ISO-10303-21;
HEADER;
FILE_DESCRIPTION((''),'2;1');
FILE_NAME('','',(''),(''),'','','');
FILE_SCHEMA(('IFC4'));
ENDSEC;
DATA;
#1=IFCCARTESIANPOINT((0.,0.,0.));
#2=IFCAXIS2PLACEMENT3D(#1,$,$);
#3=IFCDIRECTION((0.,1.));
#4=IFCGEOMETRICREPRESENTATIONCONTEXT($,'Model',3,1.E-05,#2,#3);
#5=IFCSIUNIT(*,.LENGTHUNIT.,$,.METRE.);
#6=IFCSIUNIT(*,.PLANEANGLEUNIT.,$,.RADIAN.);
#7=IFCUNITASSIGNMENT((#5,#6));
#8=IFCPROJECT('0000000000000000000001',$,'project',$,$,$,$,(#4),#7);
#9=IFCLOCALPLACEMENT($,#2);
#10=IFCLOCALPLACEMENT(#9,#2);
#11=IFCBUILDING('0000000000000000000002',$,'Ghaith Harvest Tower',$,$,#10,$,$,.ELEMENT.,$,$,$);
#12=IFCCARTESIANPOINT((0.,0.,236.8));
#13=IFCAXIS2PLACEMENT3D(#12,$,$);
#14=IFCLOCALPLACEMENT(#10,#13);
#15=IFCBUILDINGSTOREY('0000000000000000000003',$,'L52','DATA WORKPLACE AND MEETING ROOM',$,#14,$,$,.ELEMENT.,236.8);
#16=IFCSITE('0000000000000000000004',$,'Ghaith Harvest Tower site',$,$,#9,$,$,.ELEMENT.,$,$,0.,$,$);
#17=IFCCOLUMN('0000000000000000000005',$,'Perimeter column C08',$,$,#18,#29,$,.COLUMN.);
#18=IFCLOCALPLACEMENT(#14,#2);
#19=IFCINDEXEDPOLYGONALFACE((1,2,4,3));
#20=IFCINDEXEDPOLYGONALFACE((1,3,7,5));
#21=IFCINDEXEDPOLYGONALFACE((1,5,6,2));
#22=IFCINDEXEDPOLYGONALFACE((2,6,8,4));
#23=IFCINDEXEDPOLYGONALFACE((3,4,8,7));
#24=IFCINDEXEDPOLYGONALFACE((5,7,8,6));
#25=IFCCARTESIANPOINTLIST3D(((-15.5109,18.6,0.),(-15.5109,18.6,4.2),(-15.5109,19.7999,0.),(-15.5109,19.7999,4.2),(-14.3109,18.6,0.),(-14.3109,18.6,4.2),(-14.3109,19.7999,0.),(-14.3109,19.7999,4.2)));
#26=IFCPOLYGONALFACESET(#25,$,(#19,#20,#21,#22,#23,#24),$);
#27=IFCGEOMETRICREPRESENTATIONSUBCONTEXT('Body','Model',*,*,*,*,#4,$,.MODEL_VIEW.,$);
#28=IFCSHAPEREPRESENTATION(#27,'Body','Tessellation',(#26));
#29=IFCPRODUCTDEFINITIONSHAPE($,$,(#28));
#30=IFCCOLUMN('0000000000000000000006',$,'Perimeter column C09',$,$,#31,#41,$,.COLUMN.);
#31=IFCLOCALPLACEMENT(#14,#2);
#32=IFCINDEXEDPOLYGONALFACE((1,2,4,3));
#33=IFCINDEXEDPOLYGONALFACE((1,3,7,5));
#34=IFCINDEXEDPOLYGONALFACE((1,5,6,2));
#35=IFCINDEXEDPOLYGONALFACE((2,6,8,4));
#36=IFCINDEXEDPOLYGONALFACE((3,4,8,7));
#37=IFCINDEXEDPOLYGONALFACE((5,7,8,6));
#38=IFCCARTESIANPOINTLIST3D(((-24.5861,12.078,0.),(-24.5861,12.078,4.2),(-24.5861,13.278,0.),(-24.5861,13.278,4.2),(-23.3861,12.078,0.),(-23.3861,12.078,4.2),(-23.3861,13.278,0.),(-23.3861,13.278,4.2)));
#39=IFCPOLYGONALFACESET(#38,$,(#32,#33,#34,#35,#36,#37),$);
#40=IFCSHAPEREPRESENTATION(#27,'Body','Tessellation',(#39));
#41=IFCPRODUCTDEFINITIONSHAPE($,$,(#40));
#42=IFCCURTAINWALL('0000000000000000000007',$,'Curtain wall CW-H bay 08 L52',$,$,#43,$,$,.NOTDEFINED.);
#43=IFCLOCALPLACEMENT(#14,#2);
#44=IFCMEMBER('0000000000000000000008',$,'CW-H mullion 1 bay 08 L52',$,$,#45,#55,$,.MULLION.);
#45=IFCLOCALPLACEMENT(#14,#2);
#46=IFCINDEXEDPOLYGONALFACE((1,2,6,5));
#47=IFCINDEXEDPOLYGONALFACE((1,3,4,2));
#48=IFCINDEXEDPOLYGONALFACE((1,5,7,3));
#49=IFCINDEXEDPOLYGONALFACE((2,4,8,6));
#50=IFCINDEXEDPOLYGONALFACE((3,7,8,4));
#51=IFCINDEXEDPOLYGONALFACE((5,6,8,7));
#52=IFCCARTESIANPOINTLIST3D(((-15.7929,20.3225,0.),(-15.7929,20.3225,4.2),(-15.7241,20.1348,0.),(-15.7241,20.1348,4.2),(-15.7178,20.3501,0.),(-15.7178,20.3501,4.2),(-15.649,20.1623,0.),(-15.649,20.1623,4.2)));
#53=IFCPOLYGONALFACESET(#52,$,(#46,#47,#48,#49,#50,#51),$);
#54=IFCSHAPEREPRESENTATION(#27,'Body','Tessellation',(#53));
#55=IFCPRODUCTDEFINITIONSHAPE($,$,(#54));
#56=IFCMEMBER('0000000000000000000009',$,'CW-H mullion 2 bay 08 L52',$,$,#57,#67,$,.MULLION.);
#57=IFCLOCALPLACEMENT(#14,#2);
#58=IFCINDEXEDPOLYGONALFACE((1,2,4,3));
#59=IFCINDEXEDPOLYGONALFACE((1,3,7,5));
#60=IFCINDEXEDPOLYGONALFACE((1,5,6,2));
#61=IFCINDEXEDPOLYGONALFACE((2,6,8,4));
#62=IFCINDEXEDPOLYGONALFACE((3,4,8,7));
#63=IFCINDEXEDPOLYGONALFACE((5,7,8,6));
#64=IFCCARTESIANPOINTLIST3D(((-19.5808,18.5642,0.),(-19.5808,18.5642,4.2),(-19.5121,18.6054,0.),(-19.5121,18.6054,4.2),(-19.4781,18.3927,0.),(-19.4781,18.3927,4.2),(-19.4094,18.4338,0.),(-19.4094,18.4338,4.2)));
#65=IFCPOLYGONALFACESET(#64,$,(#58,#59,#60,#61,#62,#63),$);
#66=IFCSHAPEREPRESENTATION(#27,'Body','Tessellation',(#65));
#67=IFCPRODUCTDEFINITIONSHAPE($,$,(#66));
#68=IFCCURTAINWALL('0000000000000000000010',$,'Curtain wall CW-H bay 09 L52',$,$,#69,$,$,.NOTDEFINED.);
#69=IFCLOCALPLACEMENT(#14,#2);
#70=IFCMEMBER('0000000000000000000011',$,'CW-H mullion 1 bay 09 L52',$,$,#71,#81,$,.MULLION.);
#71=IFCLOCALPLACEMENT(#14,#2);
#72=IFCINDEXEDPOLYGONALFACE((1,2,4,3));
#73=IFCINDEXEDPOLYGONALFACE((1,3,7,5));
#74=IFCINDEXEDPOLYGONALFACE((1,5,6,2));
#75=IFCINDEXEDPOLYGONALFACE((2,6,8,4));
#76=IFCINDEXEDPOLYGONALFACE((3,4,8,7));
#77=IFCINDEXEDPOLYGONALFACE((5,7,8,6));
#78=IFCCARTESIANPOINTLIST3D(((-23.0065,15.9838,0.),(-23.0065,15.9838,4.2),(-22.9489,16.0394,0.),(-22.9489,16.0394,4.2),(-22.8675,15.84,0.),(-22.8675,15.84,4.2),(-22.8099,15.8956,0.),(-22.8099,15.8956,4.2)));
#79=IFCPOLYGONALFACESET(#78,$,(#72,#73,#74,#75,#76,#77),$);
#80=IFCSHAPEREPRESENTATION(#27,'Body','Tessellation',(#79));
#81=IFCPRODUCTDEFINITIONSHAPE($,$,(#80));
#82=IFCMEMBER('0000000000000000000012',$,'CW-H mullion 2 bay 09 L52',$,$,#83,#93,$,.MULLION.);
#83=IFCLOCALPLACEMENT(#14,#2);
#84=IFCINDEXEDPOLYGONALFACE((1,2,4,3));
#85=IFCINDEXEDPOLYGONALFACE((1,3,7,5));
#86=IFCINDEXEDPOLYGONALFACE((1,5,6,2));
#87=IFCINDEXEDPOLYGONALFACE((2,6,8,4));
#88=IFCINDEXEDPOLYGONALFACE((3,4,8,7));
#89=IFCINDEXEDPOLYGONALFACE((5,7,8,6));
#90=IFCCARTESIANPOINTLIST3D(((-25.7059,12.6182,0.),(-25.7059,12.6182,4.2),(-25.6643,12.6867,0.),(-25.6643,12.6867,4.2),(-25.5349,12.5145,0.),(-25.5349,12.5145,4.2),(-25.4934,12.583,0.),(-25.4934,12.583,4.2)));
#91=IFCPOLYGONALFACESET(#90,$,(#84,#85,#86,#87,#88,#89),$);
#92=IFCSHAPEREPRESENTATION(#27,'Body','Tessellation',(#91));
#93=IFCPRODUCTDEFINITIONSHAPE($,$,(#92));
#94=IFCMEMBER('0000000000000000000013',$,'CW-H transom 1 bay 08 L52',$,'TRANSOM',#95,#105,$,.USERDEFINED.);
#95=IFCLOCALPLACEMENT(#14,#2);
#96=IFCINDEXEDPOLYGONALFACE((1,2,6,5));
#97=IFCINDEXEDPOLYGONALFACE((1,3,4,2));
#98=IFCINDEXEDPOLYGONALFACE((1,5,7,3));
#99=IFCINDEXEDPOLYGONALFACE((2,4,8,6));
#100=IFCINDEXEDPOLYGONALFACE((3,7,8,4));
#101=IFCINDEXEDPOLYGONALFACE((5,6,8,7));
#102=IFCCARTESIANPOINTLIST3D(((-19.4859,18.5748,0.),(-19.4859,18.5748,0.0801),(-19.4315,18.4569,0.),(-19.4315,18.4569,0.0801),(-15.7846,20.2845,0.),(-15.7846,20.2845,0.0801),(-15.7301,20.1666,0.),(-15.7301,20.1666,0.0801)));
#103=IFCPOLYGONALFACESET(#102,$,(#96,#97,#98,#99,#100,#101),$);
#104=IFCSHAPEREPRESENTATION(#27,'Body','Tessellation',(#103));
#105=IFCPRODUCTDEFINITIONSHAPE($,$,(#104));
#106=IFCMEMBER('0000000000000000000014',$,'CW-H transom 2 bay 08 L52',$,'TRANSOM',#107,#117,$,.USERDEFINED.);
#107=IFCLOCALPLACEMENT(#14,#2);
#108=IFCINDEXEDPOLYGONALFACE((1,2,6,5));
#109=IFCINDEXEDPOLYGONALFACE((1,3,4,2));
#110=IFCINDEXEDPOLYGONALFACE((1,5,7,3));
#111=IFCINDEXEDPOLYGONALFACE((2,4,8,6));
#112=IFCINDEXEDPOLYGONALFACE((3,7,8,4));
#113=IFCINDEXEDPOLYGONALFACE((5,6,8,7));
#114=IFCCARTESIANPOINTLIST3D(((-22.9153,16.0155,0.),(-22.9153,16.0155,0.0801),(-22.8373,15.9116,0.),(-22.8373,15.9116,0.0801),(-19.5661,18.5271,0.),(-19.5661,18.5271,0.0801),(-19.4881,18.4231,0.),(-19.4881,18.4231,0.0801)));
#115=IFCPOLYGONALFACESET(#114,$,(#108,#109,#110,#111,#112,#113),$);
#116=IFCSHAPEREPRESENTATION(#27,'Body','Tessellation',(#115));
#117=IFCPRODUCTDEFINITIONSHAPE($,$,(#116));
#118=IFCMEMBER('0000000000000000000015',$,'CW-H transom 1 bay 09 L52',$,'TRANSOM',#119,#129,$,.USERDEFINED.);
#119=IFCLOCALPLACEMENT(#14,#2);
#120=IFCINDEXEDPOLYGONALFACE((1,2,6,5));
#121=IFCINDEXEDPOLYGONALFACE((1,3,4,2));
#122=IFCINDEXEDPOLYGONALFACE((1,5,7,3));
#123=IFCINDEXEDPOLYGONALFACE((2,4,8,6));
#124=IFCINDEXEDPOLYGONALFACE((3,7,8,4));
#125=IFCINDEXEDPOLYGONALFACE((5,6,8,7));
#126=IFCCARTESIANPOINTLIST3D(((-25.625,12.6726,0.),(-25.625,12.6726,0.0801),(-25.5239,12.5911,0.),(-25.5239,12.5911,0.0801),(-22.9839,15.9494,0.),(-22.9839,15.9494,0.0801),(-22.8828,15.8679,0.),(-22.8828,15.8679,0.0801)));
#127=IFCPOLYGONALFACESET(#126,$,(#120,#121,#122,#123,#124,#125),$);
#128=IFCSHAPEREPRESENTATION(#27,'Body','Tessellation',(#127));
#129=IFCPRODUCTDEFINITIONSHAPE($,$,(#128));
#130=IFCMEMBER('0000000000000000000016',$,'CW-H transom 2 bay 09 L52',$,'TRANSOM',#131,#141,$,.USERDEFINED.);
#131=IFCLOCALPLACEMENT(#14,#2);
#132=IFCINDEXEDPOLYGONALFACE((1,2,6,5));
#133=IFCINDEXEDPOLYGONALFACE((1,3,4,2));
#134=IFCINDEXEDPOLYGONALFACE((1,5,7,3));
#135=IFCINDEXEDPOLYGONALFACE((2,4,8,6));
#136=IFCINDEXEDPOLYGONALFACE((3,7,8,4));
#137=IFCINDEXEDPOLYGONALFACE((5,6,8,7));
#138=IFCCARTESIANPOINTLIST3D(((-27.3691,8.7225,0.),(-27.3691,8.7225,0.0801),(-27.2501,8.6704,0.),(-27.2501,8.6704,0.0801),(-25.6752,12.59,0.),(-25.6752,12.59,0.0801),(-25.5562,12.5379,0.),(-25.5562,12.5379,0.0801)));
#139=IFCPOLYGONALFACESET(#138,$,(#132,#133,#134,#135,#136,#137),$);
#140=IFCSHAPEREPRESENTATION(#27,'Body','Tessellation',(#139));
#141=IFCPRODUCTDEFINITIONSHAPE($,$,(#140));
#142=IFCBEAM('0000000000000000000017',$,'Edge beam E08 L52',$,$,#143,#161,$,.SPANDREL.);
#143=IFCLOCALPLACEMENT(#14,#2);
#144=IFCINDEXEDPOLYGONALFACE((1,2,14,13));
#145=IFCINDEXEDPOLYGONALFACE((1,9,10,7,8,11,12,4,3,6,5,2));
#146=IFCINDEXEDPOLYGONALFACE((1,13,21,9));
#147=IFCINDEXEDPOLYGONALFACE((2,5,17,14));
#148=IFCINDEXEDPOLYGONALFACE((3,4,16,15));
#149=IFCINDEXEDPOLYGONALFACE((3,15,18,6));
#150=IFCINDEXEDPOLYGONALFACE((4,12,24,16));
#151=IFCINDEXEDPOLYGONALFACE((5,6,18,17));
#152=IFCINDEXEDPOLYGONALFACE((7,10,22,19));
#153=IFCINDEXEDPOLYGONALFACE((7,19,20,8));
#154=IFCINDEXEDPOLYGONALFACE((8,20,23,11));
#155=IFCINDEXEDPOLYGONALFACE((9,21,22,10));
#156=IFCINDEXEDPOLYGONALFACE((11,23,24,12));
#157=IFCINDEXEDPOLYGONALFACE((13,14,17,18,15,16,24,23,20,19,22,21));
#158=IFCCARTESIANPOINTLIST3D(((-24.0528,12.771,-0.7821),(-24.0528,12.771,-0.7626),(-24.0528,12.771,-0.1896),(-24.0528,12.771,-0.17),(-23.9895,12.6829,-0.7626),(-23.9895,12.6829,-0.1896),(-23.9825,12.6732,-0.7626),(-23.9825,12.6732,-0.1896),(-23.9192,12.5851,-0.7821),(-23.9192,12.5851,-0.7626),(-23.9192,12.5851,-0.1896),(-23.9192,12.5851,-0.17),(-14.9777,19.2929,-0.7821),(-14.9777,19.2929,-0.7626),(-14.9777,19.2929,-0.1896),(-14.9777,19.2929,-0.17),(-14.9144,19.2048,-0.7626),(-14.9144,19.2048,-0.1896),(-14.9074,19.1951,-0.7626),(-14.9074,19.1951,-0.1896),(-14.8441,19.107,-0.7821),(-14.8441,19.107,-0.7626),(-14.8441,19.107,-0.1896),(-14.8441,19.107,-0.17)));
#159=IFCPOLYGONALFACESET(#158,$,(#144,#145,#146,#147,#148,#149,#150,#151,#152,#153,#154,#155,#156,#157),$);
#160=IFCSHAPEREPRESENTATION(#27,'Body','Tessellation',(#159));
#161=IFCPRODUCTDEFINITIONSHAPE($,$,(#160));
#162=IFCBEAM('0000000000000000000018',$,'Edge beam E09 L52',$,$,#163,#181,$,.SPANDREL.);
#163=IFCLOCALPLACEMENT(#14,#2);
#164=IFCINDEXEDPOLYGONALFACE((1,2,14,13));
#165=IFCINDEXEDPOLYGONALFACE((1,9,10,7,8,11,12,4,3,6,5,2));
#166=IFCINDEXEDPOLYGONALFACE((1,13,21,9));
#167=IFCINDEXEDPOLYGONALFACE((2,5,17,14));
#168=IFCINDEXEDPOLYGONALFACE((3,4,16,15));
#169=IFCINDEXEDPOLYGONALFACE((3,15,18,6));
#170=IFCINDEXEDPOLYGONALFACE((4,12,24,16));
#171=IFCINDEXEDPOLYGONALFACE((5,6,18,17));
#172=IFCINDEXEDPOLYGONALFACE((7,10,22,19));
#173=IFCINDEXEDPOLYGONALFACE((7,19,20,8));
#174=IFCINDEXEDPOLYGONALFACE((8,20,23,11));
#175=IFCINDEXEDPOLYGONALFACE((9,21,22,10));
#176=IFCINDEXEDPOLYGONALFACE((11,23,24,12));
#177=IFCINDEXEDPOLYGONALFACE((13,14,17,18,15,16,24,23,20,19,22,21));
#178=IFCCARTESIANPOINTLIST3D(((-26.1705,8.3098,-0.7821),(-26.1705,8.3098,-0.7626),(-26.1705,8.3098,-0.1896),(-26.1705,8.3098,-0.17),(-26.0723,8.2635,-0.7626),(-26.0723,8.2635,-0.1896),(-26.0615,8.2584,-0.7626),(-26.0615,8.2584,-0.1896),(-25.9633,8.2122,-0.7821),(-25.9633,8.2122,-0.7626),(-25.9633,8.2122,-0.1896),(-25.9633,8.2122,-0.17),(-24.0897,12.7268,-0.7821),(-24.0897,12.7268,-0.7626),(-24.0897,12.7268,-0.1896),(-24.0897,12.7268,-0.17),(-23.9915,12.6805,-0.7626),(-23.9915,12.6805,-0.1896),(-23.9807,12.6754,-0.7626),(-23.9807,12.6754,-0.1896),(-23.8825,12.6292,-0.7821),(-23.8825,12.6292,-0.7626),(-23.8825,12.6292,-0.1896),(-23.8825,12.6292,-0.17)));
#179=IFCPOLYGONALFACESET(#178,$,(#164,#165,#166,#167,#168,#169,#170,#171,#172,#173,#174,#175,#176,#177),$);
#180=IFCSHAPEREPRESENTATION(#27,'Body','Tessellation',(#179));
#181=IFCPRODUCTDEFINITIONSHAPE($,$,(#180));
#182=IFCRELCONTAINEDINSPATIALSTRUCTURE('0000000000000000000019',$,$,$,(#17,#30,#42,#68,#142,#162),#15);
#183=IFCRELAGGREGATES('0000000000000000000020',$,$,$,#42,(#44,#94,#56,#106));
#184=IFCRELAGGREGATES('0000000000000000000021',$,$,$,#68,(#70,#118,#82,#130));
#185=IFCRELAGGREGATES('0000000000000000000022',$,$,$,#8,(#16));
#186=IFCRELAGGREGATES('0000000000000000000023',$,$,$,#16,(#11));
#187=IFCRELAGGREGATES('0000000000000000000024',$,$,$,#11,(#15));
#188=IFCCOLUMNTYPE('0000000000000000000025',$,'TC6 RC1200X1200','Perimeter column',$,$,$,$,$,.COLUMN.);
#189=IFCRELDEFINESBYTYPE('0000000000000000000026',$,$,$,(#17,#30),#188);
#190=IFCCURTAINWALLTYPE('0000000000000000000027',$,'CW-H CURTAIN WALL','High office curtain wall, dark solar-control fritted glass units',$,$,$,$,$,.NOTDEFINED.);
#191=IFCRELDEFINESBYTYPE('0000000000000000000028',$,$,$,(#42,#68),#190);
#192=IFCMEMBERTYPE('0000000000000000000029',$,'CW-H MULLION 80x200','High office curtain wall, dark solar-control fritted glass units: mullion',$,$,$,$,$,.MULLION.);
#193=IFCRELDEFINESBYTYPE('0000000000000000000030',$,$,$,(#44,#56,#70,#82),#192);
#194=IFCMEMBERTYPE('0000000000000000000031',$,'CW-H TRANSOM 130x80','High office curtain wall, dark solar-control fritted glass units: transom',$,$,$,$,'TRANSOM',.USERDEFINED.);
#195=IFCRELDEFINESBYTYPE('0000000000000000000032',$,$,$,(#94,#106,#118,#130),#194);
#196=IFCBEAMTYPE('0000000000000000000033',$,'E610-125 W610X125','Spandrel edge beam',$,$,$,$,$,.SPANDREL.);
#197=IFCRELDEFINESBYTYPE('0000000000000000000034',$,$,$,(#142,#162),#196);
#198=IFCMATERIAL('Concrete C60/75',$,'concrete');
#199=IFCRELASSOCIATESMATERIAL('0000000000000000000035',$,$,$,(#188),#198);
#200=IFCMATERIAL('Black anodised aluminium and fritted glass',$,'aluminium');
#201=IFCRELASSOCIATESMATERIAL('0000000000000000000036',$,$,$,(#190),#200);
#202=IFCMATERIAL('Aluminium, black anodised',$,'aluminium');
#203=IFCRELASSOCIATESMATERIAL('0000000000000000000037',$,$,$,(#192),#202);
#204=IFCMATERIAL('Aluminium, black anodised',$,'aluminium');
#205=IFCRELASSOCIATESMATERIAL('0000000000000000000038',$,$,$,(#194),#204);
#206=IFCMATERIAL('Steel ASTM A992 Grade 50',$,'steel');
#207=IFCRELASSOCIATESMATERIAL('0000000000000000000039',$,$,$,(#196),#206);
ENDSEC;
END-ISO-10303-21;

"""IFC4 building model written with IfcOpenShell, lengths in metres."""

from ifc_helpers import new_model, si_unit, direction, frame, origin, origin_2d, place, context, subcontext, project, spatial, rectangle, i_section, extrude, material, material_profile, profile_set, type_object, element, aggregate, save


model = new_model("IFC4")

# Units and contexts
model_context = context("Model", 3, precision=1e-05, world=origin(), true_north=direction((0.0, 1.0)))
body_context = subcontext(model_context, "Body", "Model", "MODEL_VIEW")
ifc_project = project(units=[si_unit("LENGTHUNIT", "METRE"), si_unit("PLANEANGLEUNIT", "RADIAN")], contexts=[model_context])

# Site, building, storey
site_placement = place(None, origin())
site = spatial("IfcSite", under=ifc_project, at=site_placement, Name="Ghaith Harvest Tower site", CompositionType="ELEMENT", RefElevation=0.0)
building_placement = place(site_placement, origin())
building = spatial("IfcBuilding", under=site, at=building_placement, Name="Ghaith Harvest Tower", CompositionType="ELEMENT")
storey_placement = place(building_placement, frame((0.0, 0.0, 236.8)))
storey = spatial("IfcBuildingStorey", under=building, at=storey_placement, Name="L52", Description="DATA WORKPLACE AND MEETING ROOM", CompositionType="ELEMENT", Elevation=236.8)

# Columns
ifc_material_1 = material(Name="Concrete C60/75", Category="concrete")
ifc_material_profile_1 = material_profile(ifc_material_1, rectangle(XDim=1.2, YDim=1.2, at=origin_2d()), Name="RC1200X1200")
ifc_profile_set_1 = profile_set([ifc_material_profile_1], Name="Concrete C60/75")
column_type = type_object("IfcColumnType", Name="TC6 RC1200X1200", Description="Perimeter column", PredefinedType="COLUMN", material=ifc_profile_set_1)
for number, where, z_axis, x_axis, name in (
    (1, (-14.9109, 19.2, 0.0), (0.0, 0.0, 1.0), (1.0, 0.0, 0.0), "Perimeter column C08"),
    (2, (-23.9861, 12.678, 0.0), (0.0, 0.0, 1.0), (1.0, 0.0, 0.0), "Perimeter column C09"),
):
    element("IfcColumn", number, at=place(storey_placement, frame(where, z_axis=z_axis, x_axis=x_axis)), inside=storey, type_object=column_type, Name=name, PredefinedType="COLUMN", context=body_context, shape_type="SweptSolid", body=[
        extrude(rectangle(XDim=1.2, YDim=1.2, at=origin_2d()), origin(), (0.0, 0.0, 1.0), 4.2),
    ])

# Curtain walls, members
ifc_material_2 = material(Name="Black anodised aluminium and fritted glass", Category="aluminium")
curtain_wall_type = type_object("IfcCurtainWallType", Name="CW-H CURTAIN WALL", Description="High office curtain wall, dark solar-control fritted glass units", PredefinedType="NOTDEFINED", material=ifc_material_2)
curtain_wall_1_placement = place(storey_placement, origin())
curtain_wall_1 = element("IfcCurtainWall", 3, at=curtain_wall_1_placement, inside=storey, type_object=curtain_wall_type, Name="Curtain wall CW-H bay 08 L52", PredefinedType="NOTDEFINED")
ifc_material_3 = material(Name="Aluminium, black anodised", Category="aluminium")
ifc_material_profile_2 = material_profile(ifc_material_3, rectangle(XDim=0.0801, YDim=0.2, at=origin_2d()), Name="CW-H MULLION 80x200")
ifc_profile_set_2 = profile_set([ifc_material_profile_2], Name="Aluminium, black anodised")
member_type_1 = type_object("IfcMemberType", Name="CW-H MULLION 80x200", Description="High office curtain wall, dark solar-control fritted glass units: mullion", PredefinedType="MULLION", material=ifc_profile_set_2)
member_1_placement = place(storey_placement, frame((-15.7209, 20.2424, 0.0), z_axis=(0.0, 0.0, 1.0), x_axis=(-0.938931, -0.344106, 0.0)))
member_1 = element("IfcMember", 4, at=member_1_placement, type_object=member_type_1, Name="CW-H mullion 1 bay 08 L52", PredefinedType="MULLION", context=body_context, shape_type="SweptSolid", body=[
    extrude(rectangle(XDim=0.0801, YDim=0.2, at=origin_2d()), origin(), (0.0, 0.0, 1.0), 4.2),
])
member_2_placement = place(storey_placement, frame((-19.4951, 18.499, 0.0), z_axis=(0.0, 0.0, 1.0), x_axis=(-0.857999, -0.513652, 0.0)))
member_2 = element("IfcMember", 5, at=member_2_placement, type_object=member_type_1, Name="CW-H mullion 2 bay 08 L52", PredefinedType="MULLION", context=body_context, shape_type="SweptSolid", body=[
    extrude(rectangle(XDim=0.0801, YDim=0.2, at=origin_2d()), origin(), (0.0, 0.0, 1.0), 4.2),
])
curtain_wall_2_placement = place(storey_placement, origin())
curtain_wall_2 = element("IfcCurtainWall", 6, at=curtain_wall_2_placement, inside=storey, type_object=curtain_wall_type, Name="Curtain wall CW-H bay 09 L52", PredefinedType="NOTDEFINED")
member_3_placement = place(storey_placement, frame((-22.9082, 15.9397, 0.0), z_axis=(0.0, 0.0, 1.0), x_axis=(-0.719146, -0.694859, 0.0)))
member_3 = element("IfcMember", 7, at=member_3_placement, type_object=member_type_1, Name="CW-H mullion 1 bay 09 L52", PredefinedType="MULLION", context=body_context, shape_type="SweptSolid", body=[
    extrude(rectangle(XDim=0.0801, YDim=0.2, at=origin_2d()), origin(), (0.0, 0.0, 1.0), 4.2),
])
member_4_placement = place(storey_placement, frame((-25.5996, 12.6006, 0.0), z_axis=(0.0, 0.0, 1.0), x_axis=(-0.518769, -0.854914, 0.0)))
member_4 = element("IfcMember", 8, at=member_4_placement, type_object=member_type_1, Name="CW-H mullion 2 bay 09 L52", PredefinedType="MULLION", context=body_context, shape_type="SweptSolid", body=[
    extrude(rectangle(XDim=0.0801, YDim=0.2, at=origin_2d()), origin(), (0.0, 0.0, 1.0), 4.2),
])

# Members
ifc_material_4 = material(Name="Aluminium, black anodised", Category="aluminium")
ifc_material_profile_3 = material_profile(ifc_material_4, rectangle(XDim=0.1299, YDim=0.0801, at=origin_2d()), Name="CW-H TRANSOM 130x80")
ifc_profile_set_3 = profile_set([ifc_material_profile_3], Name="Aluminium, black anodised")
member_type_2 = type_object("IfcMemberType", Name="CW-H TRANSOM 130x80", Description="High office curtain wall, dark solar-control fritted glass units: transom", ElementType="TRANSOM", PredefinedType="USERDEFINED", material=ifc_profile_set_3)
member_5_placement = place(storey_placement, frame((-15.7573, 20.2256, 0.04), z_axis=(-0.907831, -0.419335, 0.0), x_axis=(0.419335, -0.907831, 0.0)))
member_5 = element("IfcMember", 9, at=member_5_placement, type_object=member_type_2, Name="CW-H transom 1 bay 08 L52", ObjectType="TRANSOM", PredefinedType="USERDEFINED", context=body_context, shape_type="SweptSolid", body=[
    extrude(rectangle(XDim=0.1299, YDim=0.0801, at=origin_2d()), origin(), (0.0, 0.0, 1.0), 4.0771),
])
member_6_placement = place(storey_placement, frame((-19.5271, 18.4751, 0.04), z_axis=(-0.800042, -0.599944, 0.0), x_axis=(0.599944, -0.800042, 0.0)))
member_6 = element("IfcMember", 10, at=member_6_placement, type_object=member_type_2, Name="CW-H transom 2 bay 08 L52", ObjectType="TRANSOM", PredefinedType="USERDEFINED", context=body_context, shape_type="SweptSolid", body=[
    extrude(rectangle(XDim=0.1299, YDim=0.0801, at=origin_2d()), origin(), (0.0, 0.0, 1.0), 4.1863),
])
member_7_placement = place(storey_placement, frame((-22.9333, 15.9087, 0.04), z_axis=(-0.627535, -0.778589, 0.0), x_axis=(0.778589, -0.627535, 0.0)))
member_7 = element("IfcMember", 11, at=member_7_placement, type_object=member_type_2, Name="CW-H transom 1 bay 09 L52", ObjectType="TRANSOM", PredefinedType="USERDEFINED", context=body_context, shape_type="SweptSolid", body=[
    extrude(rectangle(XDim=0.1299, YDim=0.0801, at=origin_2d()), origin(), (0.0, 0.0, 1.0), 4.2087),
])
member_8_placement = place(storey_placement, frame((-25.6157, 12.564, 0.04), z_axis=(-0.401186, -0.915997, 0.0), x_axis=(0.915997, -0.401186, 0.0)))
member_8 = element("IfcMember", 12, at=member_8_placement, type_object=member_type_2, Name="CW-H transom 2 bay 09 L52", ObjectType="TRANSOM", PredefinedType="USERDEFINED", context=body_context, shape_type="SweptSolid", body=[
    extrude(rectangle(XDim=0.1299, YDim=0.0801, at=origin_2d()), origin(), (0.0, 0.0, 1.0), 4.2222),
])

# Beams
ifc_material_5 = material(Name="Steel ASTM A992 Grade 50", Category="steel")
ifc_material_profile_4 = material_profile(ifc_material_5, i_section(OverallWidth=0.229, OverallDepth=0.6121, WebThickness=0.012, FlangeThickness=0.0195, at=origin_2d()), Name="W610X125")
ifc_profile_set_4 = profile_set([ifc_material_profile_4], Name="Steel ASTM A992 Grade 50")
beam_type = type_object("IfcBeamType", Name="E610-125 W610X125", Description="Spandrel edge beam", PredefinedType="SPANDREL", material=ifc_profile_set_4)
beam_1_placement = place(storey_placement, frame((-14.9109, 19.2, -0.4761), z_axis=(-0.81205, -0.583587, 0.0), x_axis=(0.583587, -0.81205, 0.0)))
element("IfcBeam", 13, at=beam_1_placement, inside=storey, type_object=beam_type, Name="Edge beam E08 L52", PredefinedType="SPANDREL", context=body_context, shape_type="SweptSolid", body=[
    extrude(i_section(OverallWidth=0.229, OverallDepth=0.6121, WebThickness=0.012, FlangeThickness=0.0195, at=origin_2d()), origin(), (0.0, 0.0, 1.0), 11.1755),
])
beam_2_placement = place(storey_placement, frame((-23.9861, 12.678, -0.4761), z_axis=(-0.42617, -0.904643, 0.0), x_axis=(0.904643, -0.42617, 0.0)))
element("IfcBeam", 14, at=beam_2_placement, inside=storey, type_object=beam_type, Name="Edge beam E09 L52", PredefinedType="SPANDREL", context=body_context, shape_type="SweptSolid", body=[
    extrude(i_section(OverallWidth=0.229, OverallDepth=0.6121, WebThickness=0.012, FlangeThickness=0.0195, at=origin_2d()), origin(), (0.0, 0.0, 1.0), 4.8826),
])

aggregate(curtain_wall_1, [member_1, member_5, member_2, member_6])
aggregate(curtain_wall_2, [member_3, member_7, member_4, member_8])

save(model, "model.ifc")
